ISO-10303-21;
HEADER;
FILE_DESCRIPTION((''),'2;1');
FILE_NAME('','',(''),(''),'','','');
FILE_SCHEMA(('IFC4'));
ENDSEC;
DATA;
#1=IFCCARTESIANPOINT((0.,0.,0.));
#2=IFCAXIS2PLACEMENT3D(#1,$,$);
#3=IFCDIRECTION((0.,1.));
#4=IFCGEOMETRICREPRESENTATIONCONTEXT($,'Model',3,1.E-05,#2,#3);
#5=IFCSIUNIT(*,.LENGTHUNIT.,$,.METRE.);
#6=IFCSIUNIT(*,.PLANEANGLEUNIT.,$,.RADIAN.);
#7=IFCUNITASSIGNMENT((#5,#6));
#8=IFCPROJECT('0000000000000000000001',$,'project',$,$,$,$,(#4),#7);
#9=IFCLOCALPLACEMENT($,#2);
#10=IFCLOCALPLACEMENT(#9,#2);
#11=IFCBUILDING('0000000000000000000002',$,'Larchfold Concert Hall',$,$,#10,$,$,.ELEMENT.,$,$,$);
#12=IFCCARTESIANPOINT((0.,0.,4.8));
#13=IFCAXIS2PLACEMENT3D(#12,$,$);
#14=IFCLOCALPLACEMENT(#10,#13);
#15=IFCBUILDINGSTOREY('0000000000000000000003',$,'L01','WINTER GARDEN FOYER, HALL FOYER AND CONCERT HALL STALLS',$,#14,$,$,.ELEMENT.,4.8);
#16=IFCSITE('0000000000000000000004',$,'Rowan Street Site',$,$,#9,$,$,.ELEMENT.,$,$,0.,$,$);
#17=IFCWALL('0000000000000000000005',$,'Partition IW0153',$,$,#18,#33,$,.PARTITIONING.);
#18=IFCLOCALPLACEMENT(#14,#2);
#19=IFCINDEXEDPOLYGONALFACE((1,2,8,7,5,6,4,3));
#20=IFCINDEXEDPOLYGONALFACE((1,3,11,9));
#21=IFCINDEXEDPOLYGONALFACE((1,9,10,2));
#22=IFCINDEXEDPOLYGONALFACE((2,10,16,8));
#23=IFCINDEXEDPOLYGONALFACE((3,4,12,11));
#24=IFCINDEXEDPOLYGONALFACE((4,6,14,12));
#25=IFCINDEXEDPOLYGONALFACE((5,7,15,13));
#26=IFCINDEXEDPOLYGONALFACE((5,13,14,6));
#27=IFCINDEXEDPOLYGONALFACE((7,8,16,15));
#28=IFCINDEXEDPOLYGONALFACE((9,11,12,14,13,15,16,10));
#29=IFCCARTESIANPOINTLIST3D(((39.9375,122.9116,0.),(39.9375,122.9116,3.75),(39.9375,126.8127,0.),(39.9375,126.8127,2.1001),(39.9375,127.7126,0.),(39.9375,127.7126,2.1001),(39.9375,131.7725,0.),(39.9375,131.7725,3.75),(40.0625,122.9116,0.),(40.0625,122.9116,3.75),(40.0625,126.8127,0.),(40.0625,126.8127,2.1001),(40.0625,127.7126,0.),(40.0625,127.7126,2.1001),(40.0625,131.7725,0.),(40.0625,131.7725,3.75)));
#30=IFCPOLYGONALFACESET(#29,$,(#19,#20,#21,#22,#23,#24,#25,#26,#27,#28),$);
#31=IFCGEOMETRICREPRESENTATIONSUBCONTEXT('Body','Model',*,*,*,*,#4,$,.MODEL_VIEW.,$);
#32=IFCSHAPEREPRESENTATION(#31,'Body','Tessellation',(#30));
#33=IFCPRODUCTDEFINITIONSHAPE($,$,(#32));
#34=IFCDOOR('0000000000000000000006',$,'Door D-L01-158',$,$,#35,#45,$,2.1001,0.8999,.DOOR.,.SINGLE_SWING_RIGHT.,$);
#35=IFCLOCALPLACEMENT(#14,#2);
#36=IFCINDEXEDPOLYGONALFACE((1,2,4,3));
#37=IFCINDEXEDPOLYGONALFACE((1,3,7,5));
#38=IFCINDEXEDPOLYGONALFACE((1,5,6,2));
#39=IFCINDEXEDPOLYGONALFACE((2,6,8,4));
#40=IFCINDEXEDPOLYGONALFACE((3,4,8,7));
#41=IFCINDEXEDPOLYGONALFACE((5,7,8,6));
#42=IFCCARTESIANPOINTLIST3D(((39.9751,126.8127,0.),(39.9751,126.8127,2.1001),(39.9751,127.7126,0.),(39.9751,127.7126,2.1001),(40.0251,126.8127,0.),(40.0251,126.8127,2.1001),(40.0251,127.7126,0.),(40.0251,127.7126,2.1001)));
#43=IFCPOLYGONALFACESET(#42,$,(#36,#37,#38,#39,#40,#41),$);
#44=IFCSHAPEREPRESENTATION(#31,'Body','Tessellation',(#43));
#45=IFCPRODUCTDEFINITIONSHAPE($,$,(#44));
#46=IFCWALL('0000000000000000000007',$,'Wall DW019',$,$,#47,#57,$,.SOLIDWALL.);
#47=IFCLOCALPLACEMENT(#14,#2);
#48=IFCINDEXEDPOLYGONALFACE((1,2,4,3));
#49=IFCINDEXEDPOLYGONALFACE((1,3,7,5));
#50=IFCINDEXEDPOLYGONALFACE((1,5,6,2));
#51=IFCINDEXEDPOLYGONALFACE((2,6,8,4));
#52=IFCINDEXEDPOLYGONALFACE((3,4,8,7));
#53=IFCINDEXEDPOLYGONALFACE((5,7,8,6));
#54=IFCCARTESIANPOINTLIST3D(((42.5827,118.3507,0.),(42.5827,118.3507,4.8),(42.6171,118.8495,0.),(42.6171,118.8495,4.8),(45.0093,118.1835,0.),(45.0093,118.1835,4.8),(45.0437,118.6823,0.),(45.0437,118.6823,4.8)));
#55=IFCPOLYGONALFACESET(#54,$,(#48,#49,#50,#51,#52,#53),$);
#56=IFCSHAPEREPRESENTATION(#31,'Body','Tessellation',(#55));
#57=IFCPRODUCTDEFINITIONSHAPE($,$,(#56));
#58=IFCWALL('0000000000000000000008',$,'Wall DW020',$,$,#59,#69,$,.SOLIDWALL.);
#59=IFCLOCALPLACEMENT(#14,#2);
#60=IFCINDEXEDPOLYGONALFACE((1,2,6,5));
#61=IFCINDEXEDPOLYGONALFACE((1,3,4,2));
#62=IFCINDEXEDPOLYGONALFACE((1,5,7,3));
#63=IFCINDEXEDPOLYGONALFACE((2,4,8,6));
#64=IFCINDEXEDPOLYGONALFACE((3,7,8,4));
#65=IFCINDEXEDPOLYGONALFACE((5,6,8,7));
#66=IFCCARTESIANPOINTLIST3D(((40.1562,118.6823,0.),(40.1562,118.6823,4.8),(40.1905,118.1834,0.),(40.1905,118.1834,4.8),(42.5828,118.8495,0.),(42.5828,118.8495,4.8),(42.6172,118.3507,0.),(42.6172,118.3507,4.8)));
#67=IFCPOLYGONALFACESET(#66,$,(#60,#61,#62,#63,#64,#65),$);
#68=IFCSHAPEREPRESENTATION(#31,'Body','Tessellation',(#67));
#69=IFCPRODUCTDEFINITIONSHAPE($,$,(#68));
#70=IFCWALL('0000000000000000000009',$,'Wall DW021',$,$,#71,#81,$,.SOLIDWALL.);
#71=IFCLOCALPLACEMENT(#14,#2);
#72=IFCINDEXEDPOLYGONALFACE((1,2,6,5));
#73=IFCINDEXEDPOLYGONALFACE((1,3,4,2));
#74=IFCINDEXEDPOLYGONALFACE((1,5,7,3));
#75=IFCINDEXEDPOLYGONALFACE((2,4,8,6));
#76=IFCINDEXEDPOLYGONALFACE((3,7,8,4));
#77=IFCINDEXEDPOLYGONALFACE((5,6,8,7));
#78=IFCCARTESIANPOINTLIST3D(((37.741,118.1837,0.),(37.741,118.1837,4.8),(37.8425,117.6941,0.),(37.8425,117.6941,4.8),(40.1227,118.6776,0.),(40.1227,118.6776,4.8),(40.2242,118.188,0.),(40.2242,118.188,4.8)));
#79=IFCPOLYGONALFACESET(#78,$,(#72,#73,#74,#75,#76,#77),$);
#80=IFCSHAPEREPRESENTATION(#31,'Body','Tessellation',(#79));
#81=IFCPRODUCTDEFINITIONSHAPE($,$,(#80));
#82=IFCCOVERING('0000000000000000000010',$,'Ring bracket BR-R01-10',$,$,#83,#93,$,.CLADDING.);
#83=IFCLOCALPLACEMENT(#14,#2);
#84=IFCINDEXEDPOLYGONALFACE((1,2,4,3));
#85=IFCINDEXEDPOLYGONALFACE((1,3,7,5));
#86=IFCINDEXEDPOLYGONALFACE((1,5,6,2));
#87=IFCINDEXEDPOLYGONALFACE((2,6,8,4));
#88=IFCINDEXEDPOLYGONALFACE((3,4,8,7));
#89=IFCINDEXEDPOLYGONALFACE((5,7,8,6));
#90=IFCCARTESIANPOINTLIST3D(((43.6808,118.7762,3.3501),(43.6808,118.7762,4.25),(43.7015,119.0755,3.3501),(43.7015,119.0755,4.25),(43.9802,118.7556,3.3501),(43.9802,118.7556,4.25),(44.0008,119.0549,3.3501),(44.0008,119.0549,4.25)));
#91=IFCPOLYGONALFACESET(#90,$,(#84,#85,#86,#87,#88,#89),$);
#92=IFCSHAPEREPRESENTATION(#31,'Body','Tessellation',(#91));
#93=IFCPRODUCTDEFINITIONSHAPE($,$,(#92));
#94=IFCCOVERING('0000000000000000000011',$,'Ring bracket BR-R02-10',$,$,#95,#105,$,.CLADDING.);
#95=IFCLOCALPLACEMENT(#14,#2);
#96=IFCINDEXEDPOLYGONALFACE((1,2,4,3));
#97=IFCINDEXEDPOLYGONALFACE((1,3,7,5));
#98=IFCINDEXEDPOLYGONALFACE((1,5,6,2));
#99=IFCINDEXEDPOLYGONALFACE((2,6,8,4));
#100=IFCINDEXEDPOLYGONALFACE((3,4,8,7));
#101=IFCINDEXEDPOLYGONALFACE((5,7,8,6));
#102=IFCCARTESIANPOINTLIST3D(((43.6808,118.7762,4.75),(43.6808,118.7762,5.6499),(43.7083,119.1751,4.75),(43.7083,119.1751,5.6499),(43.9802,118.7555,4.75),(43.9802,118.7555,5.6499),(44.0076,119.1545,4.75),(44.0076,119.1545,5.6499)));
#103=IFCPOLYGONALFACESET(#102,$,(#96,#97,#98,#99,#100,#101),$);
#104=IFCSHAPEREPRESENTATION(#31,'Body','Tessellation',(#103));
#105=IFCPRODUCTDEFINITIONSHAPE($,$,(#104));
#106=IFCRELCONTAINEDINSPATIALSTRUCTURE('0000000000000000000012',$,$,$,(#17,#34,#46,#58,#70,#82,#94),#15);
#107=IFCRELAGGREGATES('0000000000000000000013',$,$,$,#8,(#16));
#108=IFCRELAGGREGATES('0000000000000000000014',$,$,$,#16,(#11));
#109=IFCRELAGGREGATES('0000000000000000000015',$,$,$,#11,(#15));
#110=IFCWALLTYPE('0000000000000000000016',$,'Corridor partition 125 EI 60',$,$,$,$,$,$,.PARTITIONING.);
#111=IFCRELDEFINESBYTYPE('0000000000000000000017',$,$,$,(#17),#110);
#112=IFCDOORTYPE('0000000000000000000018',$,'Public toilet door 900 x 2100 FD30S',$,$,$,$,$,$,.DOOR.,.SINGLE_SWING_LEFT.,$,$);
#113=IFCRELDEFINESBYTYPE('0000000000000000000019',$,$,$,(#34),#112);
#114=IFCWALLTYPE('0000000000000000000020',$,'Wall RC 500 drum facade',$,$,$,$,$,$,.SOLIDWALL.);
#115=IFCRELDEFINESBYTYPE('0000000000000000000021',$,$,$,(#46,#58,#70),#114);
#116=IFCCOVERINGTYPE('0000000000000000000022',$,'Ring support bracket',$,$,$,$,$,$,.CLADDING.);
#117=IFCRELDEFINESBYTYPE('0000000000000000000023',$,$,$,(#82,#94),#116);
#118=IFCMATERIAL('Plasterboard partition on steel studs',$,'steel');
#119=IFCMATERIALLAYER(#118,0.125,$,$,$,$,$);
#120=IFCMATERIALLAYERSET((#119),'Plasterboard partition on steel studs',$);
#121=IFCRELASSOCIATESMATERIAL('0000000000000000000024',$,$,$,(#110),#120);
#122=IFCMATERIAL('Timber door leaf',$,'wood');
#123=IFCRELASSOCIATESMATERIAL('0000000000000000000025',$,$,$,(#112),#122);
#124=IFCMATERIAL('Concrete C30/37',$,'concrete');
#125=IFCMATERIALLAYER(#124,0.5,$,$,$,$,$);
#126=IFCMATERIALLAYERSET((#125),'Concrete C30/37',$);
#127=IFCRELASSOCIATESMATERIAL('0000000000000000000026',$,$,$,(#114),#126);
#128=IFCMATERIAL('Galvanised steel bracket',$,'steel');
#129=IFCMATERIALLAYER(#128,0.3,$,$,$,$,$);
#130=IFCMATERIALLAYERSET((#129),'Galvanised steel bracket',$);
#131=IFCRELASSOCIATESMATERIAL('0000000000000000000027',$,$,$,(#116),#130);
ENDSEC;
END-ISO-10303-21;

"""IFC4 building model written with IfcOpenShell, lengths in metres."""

from ifc_helpers import new_model, si_unit, direction, frame, frame_2d, origin, origin_2d, place, context, subcontext, project, spatial, rectangle, extrude, material, layer, layer_set, type_object, element, fill, save


model = new_model("IFC4")

# Units and contexts
model_context = context("Model", 3, precision=1e-05, world=origin(), true_north=direction((0.0, 1.0)))
body_context = subcontext(model_context, "Body", "Model", "MODEL_VIEW")
ifc_project = project(units=[si_unit("LENGTHUNIT", "METRE"), si_unit("PLANEANGLEUNIT", "RADIAN")], contexts=[model_context])

# Site, building, storey
site_placement = place(None, origin())
site = spatial("IfcSite", under=ifc_project, at=site_placement, Name="Rowan Street Site", CompositionType="ELEMENT", RefElevation=0.0)
building_placement = place(site_placement, origin())
building = spatial("IfcBuilding", under=site, at=building_placement, Name="Larchfold Concert Hall", CompositionType="ELEMENT")
storey_placement = place(building_placement, frame((0.0, 0.0, 4.8)))
storey = spatial("IfcBuildingStorey", under=building, at=storey_placement, Name="L01", Description="WINTER GARDEN FOYER, HALL FOYER AND CONCERT HALL STALLS", CompositionType="ELEMENT", Elevation=4.8)

# Wall, opening, door
ifc_material_1 = material(Name="Plasterboard partition on steel studs", Category="steel")
ifc_layer_1 = layer(ifc_material_1, 0.125)
ifc_layer_set_1 = layer_set([ifc_layer_1], Name="Plasterboard partition on steel studs")
wall_type_1 = type_object("IfcWallType", Name="Corridor partition 125 EI 60", PredefinedType="PARTITIONING", material=ifc_layer_set_1)
wall_placement = place(storey_placement, frame((40.0, 122.9116, 0.0), z_axis=(0.0, 0.0, 1.0), x_axis=(0.0, 1.0, 0.0)))
wall = element("IfcWall", 1, at=wall_placement, inside=storey, type_object=wall_type_1, Name="Partition IW0153", PredefinedType="PARTITIONING", context=body_context, shape_type="SweptSolid", body=[
    extrude(rectangle(XDim=8.8608, YDim=0.125, at=frame_2d((4.4304, 0.0))), origin(), (0.0, 0.0, 1.0), 3.75),
])
opening_placement = place(wall_placement, frame((3.9011, 0.0, 0.0)))
opening = element("IfcOpeningElement", 2, at=opening_placement, cuts=wall, PredefinedType="OPENING", context=body_context, shape_type="SweptSolid", body=[
    extrude(rectangle(XDim=0.8999, YDim=2.1001, at=frame_2d((0.45, 1.05))), frame((0.0, 0.0725, 0.0), z_axis=(0.0, -1.0, 0.0), x_axis=(1.0, 0.0, 0.0)), (0.0, 0.0, 1.0), 0.145),
])
ifc_material_2 = material(Name="Timber door leaf", Category="wood")
door_type = type_object("IfcDoorType", Name="Public toilet door 900 x 2100 FD30S", OperationType="SINGLE_SWING_LEFT", PredefinedType="DOOR", material=ifc_material_2)
door_placement = place(opening_placement, origin())
door = element("IfcDoor", 3, at=door_placement, inside=storey, type_object=door_type, Name="Door D-L01-158", OperationType="SINGLE_SWING_RIGHT", OverallHeight=2.1001, OverallWidth=0.8999, PredefinedType="DOOR", context=body_context, shape_type="SweptSolid", body=[
    extrude(rectangle(XDim=0.8999, YDim=2.1001, at=frame_2d((0.45, 1.05))), frame((0.0, 0.0249, 0.0), z_axis=(0.0, -1.0, 0.0), x_axis=(1.0, 0.0, 0.0)), (0.0, 0.0, 1.0), 0.05),
])
fill(opening, door)

# Walls
ifc_material_3 = material(Name="Concrete C30/37", Category="concrete")
ifc_layer_2 = layer(ifc_material_3, 0.5)
ifc_layer_set_2 = layer_set([ifc_layer_2], Name="Concrete C30/37")
wall_type_2 = type_object("IfcWallType", Name="Wall RC 500 drum facade", PredefinedType="SOLIDWALL", material=ifc_layer_set_2)
for number, where, z_axis, x_axis, name in (
    (4, (45.0266, 118.4329, 0.0), (0.0, 0.0, 1.0), (-0.997633, 0.068757, 0.0), "Wall DW019"),
    (5, (42.6001, 118.6001, 0.0), (0.0, 0.0, 1.0), (-0.997633, -0.068757, 0.0), "Wall DW020"),
    (6, (40.1736, 118.4329, 0.0), (0.0, 0.0, 1.0), (-0.979166, -0.20306, 0.0), "Wall DW021"),
):
    element("IfcWall", number, at=place(storey_placement, frame(where, z_axis=z_axis, x_axis=x_axis)), inside=storey, type_object=wall_type_2, Name=name, PredefinedType="SOLIDWALL", context=body_context, shape_type="SweptSolid", body=[
        extrude(rectangle(XDim=2.4324, YDim=0.5, at=frame_2d((1.2163, 0.0))), origin(), (0.0, 0.0, 1.0), 4.8),
    ])

# Coverings
ifc_material_4 = material(Name="Galvanised steel bracket", Category="steel")
ifc_layer_3 = layer(ifc_material_4, 0.3)
ifc_layer_set_3 = layer_set([ifc_layer_3], Name="Galvanised steel bracket")
covering_type = type_object("IfcCoveringType", Name="Ring support bracket", PredefinedType="CLADDING", material=ifc_layer_set_3)
covering_1_placement = place(storey_placement, frame((43.8408, 118.9155, 3.3501), z_axis=(0.0, 0.0, 1.0), x_axis=(0.068693, 0.997638, 0.0)))
element("IfcCovering", 7, at=covering_1_placement, inside=storey, type_object=covering_type, Name="Ring bracket BR-R01-10", PredefinedType="CLADDING", context=body_context, shape_type="SweptSolid", body=[
    extrude(rectangle(XDim=0.3, YDim=0.3, at=origin_2d()), origin(), (0.0, 0.0, 1.0), 0.8999),
])
covering_2_placement = place(storey_placement, frame((43.8442, 118.9653, 4.75), z_axis=(0.0, 0.0, 1.0), x_axis=(0.068693, 0.997638, 0.0)))
element("IfcCovering", 8, at=covering_2_placement, inside=storey, type_object=covering_type, Name="Ring bracket BR-R02-10", PredefinedType="CLADDING", context=body_context, shape_type="SweptSolid", body=[
    extrude(rectangle(XDim=0.3999, YDim=0.3, at=origin_2d()), origin(), (0.0, 0.0, 1.0), 0.8999),
])

save(model, "model.ifc")
